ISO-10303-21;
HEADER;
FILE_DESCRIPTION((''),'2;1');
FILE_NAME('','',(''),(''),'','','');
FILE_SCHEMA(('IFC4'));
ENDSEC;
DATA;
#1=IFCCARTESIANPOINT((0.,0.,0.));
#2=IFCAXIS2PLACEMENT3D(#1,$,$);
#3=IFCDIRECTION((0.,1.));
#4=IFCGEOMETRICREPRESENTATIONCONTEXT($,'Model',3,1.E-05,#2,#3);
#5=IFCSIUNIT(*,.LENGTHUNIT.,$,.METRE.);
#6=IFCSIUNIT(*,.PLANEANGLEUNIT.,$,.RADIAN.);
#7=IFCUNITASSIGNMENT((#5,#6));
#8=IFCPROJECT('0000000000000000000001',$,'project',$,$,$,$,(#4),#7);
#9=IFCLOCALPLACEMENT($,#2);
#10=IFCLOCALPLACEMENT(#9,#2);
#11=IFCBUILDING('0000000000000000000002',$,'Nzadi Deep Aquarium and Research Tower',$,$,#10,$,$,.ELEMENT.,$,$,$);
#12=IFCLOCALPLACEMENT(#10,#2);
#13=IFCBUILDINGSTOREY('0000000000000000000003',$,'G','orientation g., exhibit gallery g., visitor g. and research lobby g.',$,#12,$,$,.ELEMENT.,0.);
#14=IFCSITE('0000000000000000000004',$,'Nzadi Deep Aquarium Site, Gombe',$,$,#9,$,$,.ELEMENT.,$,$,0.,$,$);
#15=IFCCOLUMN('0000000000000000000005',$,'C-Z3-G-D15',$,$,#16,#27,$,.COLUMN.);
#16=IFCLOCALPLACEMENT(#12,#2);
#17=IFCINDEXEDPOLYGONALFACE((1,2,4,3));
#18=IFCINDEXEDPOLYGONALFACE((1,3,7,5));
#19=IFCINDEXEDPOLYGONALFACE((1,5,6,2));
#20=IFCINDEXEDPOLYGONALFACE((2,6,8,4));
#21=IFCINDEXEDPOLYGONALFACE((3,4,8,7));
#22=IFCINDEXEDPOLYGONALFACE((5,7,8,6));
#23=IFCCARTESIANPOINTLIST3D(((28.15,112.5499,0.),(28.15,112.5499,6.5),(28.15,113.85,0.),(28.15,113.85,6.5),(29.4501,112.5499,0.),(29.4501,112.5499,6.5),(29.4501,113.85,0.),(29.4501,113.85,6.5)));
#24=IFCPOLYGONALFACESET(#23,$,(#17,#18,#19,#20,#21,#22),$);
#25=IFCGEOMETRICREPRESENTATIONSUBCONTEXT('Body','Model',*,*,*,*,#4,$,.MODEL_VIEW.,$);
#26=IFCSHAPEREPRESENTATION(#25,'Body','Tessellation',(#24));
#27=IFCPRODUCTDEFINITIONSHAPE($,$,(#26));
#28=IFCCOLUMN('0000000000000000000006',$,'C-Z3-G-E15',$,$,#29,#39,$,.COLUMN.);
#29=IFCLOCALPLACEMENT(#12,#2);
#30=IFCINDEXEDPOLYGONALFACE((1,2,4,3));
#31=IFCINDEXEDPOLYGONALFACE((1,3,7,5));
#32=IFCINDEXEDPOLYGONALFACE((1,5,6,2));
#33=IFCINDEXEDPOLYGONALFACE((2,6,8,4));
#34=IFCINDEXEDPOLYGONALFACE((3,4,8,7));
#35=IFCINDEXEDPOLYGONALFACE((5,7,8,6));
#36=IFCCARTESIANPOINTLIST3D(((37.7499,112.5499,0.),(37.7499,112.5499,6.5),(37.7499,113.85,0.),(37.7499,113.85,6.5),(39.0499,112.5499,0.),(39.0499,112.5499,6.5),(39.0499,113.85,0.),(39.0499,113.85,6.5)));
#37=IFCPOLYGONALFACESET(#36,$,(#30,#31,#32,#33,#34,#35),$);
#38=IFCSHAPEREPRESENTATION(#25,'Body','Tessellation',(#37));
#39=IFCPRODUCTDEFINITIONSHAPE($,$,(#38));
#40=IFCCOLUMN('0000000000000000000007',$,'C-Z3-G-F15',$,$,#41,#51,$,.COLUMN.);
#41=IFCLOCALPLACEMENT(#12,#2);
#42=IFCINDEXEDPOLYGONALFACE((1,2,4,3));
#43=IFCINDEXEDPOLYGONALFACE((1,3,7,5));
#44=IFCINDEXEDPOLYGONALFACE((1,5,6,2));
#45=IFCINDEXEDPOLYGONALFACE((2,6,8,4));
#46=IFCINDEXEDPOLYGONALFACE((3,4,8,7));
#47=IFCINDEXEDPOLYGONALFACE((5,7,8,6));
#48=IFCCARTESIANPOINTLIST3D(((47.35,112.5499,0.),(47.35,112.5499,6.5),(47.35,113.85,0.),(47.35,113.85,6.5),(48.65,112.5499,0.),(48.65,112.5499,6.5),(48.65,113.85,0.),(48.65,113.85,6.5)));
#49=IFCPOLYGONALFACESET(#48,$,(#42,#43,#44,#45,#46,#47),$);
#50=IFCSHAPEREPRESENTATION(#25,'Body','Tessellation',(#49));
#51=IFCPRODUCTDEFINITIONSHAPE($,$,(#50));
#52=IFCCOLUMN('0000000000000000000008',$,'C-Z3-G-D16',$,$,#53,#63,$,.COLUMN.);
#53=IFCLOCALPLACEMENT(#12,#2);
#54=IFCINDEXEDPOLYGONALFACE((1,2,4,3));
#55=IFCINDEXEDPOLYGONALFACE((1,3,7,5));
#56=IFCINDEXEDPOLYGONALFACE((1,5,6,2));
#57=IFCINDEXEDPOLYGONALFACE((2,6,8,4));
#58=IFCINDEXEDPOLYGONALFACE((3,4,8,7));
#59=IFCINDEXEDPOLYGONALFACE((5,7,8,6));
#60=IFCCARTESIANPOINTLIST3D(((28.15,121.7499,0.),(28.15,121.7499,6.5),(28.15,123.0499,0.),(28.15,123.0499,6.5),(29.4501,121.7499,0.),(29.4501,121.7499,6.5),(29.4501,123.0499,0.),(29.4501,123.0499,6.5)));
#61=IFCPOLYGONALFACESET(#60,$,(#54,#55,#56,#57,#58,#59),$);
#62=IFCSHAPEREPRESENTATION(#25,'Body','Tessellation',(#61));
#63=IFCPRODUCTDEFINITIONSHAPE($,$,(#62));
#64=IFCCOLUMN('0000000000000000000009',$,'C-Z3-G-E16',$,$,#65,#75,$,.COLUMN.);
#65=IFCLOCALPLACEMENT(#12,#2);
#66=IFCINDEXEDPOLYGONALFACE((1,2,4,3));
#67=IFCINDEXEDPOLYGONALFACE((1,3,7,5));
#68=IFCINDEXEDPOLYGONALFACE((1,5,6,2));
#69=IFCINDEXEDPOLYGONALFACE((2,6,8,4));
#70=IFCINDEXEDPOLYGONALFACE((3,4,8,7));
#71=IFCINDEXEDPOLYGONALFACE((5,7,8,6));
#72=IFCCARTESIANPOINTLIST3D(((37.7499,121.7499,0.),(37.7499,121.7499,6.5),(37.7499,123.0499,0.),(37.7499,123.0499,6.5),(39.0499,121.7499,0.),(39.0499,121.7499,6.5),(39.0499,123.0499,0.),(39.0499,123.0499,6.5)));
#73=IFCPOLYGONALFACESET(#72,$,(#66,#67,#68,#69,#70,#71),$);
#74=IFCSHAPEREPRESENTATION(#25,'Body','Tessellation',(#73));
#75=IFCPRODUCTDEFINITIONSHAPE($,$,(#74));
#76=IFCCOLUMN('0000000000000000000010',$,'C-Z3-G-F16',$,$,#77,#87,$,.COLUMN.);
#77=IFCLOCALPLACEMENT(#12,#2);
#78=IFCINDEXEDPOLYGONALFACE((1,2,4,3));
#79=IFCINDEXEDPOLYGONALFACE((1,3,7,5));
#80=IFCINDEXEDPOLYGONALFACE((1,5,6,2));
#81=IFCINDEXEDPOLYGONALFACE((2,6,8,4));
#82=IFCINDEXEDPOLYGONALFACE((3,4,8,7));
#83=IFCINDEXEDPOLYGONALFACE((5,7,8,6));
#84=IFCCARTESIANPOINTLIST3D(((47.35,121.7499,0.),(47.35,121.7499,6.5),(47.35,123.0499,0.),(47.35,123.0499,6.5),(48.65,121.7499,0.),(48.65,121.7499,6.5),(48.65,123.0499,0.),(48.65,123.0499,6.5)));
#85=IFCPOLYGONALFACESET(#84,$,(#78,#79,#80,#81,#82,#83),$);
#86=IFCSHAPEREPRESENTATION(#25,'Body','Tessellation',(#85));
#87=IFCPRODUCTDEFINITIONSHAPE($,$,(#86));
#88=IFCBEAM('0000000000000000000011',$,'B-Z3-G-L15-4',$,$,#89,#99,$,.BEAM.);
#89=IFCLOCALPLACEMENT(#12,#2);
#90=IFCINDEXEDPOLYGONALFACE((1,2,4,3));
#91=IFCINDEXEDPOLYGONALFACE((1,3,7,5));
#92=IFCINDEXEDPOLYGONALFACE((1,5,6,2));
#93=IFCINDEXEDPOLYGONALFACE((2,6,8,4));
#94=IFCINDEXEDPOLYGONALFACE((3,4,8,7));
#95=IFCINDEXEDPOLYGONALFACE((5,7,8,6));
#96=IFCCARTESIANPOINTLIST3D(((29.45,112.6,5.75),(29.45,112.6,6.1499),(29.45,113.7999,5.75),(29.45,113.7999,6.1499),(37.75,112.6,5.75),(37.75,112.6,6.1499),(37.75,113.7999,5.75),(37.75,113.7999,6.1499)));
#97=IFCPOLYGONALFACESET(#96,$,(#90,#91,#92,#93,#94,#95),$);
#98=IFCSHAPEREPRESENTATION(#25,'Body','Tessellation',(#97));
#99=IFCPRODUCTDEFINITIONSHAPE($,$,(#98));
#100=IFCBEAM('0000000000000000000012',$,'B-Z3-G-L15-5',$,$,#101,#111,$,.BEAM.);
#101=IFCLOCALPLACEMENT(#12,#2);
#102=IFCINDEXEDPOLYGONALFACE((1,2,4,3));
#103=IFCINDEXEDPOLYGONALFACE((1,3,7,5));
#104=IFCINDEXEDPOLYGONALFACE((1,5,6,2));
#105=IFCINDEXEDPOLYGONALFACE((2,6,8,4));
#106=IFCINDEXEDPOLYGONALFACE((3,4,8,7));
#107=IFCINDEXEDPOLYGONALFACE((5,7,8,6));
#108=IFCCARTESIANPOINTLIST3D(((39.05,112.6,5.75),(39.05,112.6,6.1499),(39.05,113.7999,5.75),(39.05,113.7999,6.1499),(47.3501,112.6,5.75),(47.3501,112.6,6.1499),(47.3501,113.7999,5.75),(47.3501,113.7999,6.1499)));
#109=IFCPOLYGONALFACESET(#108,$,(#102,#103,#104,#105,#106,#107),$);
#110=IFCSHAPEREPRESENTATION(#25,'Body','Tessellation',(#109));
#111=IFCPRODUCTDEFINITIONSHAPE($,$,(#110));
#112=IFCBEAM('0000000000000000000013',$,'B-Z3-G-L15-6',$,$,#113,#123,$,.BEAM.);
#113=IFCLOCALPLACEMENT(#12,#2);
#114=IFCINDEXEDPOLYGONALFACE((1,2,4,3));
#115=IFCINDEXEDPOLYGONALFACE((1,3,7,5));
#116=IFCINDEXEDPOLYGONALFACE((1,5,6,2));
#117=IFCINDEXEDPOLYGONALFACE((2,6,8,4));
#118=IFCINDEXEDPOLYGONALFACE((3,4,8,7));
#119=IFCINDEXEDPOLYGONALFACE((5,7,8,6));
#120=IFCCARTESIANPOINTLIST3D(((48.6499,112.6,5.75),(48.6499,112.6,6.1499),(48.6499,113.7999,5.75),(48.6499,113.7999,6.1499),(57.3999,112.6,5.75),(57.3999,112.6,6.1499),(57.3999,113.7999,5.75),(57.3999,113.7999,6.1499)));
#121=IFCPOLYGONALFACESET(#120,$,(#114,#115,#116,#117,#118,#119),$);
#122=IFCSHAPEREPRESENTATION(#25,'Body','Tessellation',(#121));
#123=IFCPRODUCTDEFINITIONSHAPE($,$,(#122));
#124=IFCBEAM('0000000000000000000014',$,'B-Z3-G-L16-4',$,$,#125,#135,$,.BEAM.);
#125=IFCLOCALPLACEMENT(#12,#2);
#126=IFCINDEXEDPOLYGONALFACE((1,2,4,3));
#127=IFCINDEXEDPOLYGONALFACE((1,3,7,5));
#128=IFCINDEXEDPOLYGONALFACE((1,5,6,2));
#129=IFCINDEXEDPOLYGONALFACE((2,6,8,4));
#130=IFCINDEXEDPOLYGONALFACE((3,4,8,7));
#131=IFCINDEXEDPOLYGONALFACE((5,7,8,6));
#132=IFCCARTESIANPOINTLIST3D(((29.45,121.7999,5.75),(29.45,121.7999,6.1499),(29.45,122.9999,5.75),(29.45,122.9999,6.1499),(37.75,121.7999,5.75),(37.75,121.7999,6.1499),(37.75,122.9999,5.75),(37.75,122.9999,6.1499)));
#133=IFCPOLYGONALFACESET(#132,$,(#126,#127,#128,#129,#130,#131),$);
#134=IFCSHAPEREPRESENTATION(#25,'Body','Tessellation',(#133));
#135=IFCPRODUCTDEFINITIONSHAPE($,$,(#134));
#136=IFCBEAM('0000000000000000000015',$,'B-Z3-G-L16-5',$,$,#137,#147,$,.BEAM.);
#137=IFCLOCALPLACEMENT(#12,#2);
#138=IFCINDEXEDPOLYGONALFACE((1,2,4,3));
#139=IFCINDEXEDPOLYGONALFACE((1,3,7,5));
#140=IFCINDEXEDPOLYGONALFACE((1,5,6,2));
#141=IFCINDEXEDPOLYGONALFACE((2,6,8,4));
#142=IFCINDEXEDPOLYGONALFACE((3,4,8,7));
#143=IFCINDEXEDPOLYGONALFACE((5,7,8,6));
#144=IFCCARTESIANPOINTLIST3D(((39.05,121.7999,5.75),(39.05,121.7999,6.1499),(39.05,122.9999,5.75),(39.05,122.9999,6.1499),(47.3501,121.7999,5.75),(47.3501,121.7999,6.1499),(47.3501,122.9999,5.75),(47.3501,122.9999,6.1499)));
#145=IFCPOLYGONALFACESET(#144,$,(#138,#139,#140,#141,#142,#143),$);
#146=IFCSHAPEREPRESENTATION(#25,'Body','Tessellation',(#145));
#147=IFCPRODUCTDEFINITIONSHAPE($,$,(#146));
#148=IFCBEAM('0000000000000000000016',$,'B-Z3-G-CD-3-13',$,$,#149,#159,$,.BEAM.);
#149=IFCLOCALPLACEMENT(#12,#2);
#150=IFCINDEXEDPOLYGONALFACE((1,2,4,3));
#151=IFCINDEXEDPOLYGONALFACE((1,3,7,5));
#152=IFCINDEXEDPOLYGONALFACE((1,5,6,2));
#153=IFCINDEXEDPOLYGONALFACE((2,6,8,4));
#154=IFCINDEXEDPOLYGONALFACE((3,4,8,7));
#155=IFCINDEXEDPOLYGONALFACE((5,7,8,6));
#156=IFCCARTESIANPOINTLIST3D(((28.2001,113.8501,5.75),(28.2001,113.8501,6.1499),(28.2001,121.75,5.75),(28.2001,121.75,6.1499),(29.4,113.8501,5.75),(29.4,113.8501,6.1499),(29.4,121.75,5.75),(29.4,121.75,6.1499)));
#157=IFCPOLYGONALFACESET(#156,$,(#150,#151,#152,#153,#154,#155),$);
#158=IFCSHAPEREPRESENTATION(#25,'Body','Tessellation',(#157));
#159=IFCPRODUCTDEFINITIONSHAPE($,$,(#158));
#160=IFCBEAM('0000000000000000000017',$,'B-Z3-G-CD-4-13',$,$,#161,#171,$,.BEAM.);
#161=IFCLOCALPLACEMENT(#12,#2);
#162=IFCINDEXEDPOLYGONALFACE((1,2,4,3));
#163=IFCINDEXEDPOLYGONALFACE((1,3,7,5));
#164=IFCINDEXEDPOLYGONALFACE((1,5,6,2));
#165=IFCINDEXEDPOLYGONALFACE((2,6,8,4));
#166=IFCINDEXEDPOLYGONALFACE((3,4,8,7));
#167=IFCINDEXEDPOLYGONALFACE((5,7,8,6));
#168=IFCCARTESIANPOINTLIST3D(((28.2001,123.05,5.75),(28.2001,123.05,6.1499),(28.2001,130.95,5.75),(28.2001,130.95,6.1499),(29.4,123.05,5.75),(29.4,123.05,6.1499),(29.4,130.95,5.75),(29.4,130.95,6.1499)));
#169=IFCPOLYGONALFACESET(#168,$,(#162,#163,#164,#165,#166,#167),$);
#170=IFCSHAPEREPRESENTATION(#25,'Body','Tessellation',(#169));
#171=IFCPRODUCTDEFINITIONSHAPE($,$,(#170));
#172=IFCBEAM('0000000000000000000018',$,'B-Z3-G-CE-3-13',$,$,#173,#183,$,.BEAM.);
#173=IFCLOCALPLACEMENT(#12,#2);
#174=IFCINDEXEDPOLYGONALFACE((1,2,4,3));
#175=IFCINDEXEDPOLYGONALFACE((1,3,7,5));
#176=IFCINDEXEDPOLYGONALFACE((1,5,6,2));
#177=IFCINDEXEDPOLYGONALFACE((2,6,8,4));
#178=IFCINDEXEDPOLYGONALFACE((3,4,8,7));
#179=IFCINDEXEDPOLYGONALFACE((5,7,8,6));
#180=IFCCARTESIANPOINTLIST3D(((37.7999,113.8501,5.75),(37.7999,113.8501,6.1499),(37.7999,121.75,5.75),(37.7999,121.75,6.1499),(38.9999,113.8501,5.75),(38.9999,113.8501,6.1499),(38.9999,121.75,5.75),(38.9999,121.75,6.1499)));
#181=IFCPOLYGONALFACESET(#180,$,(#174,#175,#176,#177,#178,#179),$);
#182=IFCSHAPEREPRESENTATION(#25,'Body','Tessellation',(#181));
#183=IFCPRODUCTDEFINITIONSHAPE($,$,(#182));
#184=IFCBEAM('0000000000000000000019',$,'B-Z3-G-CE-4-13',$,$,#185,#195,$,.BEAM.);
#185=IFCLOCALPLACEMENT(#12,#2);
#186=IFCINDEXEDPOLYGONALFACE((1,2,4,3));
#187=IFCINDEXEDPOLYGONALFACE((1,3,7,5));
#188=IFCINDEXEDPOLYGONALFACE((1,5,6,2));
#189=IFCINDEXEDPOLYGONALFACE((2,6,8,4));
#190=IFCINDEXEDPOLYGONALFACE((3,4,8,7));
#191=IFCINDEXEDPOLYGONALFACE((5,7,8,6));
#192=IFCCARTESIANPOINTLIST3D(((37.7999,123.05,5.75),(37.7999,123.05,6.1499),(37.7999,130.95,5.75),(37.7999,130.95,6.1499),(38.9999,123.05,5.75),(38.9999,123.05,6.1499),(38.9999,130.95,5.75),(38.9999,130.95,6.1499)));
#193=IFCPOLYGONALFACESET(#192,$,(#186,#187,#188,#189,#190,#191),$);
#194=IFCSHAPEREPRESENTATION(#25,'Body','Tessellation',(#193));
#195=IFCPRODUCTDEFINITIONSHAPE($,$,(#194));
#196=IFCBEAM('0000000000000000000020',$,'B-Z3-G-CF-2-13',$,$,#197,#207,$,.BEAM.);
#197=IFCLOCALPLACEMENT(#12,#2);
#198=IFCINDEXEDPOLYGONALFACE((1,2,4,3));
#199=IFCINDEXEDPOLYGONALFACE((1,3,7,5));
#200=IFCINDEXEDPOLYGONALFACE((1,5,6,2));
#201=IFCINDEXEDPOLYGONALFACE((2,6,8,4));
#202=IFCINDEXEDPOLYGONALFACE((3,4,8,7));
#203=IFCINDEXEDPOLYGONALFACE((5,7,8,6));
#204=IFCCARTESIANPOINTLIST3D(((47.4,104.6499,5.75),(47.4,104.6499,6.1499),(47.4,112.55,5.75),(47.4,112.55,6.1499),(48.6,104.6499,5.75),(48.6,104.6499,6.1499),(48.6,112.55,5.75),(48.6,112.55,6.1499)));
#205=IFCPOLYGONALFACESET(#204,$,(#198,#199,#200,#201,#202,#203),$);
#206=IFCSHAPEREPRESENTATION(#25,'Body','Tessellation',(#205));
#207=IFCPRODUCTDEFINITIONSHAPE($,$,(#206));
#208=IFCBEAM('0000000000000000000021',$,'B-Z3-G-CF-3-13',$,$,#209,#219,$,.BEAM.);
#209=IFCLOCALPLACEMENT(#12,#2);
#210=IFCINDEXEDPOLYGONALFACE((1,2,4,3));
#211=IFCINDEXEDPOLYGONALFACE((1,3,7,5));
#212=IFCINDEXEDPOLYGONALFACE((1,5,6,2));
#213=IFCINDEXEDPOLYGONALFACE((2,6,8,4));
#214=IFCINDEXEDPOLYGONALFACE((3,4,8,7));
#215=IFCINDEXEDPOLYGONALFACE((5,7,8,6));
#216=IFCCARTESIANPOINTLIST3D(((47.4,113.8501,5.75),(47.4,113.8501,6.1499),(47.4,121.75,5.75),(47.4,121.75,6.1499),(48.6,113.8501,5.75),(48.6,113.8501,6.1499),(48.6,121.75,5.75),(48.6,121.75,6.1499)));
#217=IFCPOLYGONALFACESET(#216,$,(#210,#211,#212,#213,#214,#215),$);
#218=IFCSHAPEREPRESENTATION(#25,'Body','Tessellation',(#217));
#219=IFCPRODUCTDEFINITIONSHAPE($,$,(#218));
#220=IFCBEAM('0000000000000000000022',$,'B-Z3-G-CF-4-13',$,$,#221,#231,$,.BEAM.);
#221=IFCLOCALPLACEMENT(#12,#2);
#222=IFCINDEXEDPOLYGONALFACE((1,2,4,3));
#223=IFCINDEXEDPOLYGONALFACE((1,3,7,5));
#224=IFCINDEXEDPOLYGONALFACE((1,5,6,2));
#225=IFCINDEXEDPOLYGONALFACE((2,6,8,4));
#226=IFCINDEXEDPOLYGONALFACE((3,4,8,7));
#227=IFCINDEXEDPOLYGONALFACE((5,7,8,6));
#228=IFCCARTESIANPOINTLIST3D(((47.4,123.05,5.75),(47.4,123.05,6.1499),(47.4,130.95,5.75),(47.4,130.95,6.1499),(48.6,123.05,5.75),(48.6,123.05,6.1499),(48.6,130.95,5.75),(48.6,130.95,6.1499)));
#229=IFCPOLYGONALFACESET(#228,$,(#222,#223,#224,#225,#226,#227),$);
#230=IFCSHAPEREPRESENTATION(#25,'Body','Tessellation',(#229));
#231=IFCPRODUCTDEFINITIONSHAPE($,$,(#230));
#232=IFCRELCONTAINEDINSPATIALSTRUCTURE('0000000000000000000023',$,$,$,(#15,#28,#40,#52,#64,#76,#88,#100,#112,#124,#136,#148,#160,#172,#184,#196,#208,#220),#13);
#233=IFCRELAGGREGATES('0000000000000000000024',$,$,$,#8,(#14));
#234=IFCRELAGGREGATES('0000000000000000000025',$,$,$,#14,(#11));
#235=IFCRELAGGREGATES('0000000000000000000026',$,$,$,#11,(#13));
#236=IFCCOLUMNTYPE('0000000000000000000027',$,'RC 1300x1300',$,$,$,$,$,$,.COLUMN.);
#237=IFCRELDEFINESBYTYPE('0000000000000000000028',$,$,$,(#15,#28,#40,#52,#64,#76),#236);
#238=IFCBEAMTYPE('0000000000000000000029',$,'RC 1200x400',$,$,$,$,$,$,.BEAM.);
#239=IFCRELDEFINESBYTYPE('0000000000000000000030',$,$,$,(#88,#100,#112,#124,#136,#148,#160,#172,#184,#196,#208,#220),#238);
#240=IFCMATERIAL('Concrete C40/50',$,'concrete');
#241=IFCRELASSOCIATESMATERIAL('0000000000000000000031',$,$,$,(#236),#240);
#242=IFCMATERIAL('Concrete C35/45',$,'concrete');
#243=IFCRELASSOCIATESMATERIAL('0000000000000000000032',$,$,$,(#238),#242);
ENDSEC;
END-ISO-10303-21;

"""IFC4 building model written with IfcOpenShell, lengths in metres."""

from ifc_helpers import new_model, si_unit, direction, frame, origin, origin_2d, place, context, subcontext, project, spatial, rectangle, extrude, material, material_profile, profile_set, type_object, element, save


model = new_model("IFC4")

# Units and contexts
model_context = context("Model", 3, precision=1e-05, world=origin(), true_north=direction((0.0, 1.0)))
body_context = subcontext(model_context, "Body", "Model", "MODEL_VIEW")
ifc_project = project(units=[si_unit("LENGTHUNIT", "METRE"), si_unit("PLANEANGLEUNIT", "RADIAN")], contexts=[model_context])

# Site, building, storey
site_placement = place(None, origin())
site = spatial("IfcSite", under=ifc_project, at=site_placement, Name="Nzadi Deep Aquarium Site, Gombe", CompositionType="ELEMENT", RefElevation=0.0)
building_placement = place(site_placement, origin())
building = spatial("IfcBuilding", under=site, at=building_placement, Name="Nzadi Deep Aquarium and Research Tower", CompositionType="ELEMENT")
storey_placement = place(building_placement, origin())
storey = spatial("IfcBuildingStorey", under=building, at=storey_placement, Name="G", Description="orientation g., exhibit gallery g., visitor g. and research lobby g.", CompositionType="ELEMENT", Elevation=0.0)

# Columns
ifc_material_1 = material(Name="Concrete C40/50", Category="concrete")
ifc_material_profile_1 = material_profile(ifc_material_1, rectangle(XDim=1.3, YDim=1.3, at=origin_2d()))
ifc_profile_set_1 = profile_set([ifc_material_profile_1], Name="Concrete C40/50")
column_type = type_object("IfcColumnType", Name="RC 1300x1300", PredefinedType="COLUMN", material=ifc_profile_set_1)
for number, where, z_axis, x_axis, name in (
    (1, (28.8, 113.2, 0.0), (0.0, 0.0, 1.0), (1.0, 0.0, 0.0), "C-Z3-G-D15"),
    (2, (38.3999, 113.2, 0.0), (0.0, 0.0, 1.0), (1.0, 0.0, 0.0), "C-Z3-G-E15"),
    (3, (48.0, 113.2, 0.0), (0.0, 0.0, 1.0), (1.0, 0.0, 0.0), "C-Z3-G-F15"),
    (4, (28.8, 122.3999, 0.0), (0.0, 0.0, 1.0), (1.0, 0.0, 0.0), "C-Z3-G-D16"),
    (5, (38.3999, 122.3999, 0.0), (0.0, 0.0, 1.0), (1.0, 0.0, 0.0), "C-Z3-G-E16"),
    (6, (48.0, 122.3999, 0.0), (0.0, 0.0, 1.0), (1.0, 0.0, 0.0), "C-Z3-G-F16"),
):
    element("IfcColumn", number, at=place(storey_placement, frame(where, z_axis=z_axis, x_axis=x_axis)), inside=storey, type_object=column_type, Name=name, PredefinedType="COLUMN", context=body_context, shape_type="SweptSolid", body=[
        extrude(rectangle(XDim=1.3, YDim=1.3, at=origin_2d()), origin(), (0.0, 0.0, 1.0), 6.5),
    ])

# Beams
ifc_material_2 = material(Name="Concrete C35/45", Category="concrete")
ifc_material_profile_2 = material_profile(ifc_material_2, rectangle(XDim=1.2, YDim=0.3999, at=origin_2d()))
ifc_profile_set_2 = profile_set([ifc_material_profile_2], Name="Concrete C35/45")
beam_type = type_object("IfcBeamType", Name="RC 1200x400", PredefinedType="BEAM", material=ifc_profile_set_2)
for number, where, z_axis, x_axis, name in (
    (7, (29.45, 113.2, 5.95), (1.0, 0.0, 0.0), (0.0, 1.0, 0.0), "B-Z3-G-L15-4"),
    (8, (39.05, 113.2, 5.95), (1.0, 0.0, 0.0), (0.0, 1.0, 0.0), "B-Z3-G-L15-5"),
):
    element("IfcBeam", number, at=place(storey_placement, frame(where, z_axis=z_axis, x_axis=x_axis)), inside=storey, type_object=beam_type, Name=name, PredefinedType="BEAM", context=body_context, shape_type="SweptSolid", body=[
        extrude(rectangle(XDim=1.2, YDim=0.3999, at=origin_2d()), origin(), (0.0, 0.0, 1.0), 8.3),
    ])
beam_1_placement = place(storey_placement, frame((48.6499, 113.2, 5.95), z_axis=(1.0, 0.0, 0.0), x_axis=(0.0, 1.0, 0.0)))
element("IfcBeam", 9, at=beam_1_placement, inside=storey, type_object=beam_type, Name="B-Z3-G-L15-6", PredefinedType="BEAM", context=body_context, shape_type="SweptSolid", body=[
    extrude(rectangle(XDim=1.2, YDim=0.3999, at=origin_2d()), origin(), (0.0, 0.0, 1.0), 8.75),
])
for number, where, z_axis, x_axis, name in (
    (10, (29.45, 122.3999, 5.95), (1.0, 0.0, 0.0), (0.0, 1.0, 0.0), "B-Z3-G-L16-4"),
    (11, (39.05, 122.3999, 5.95), (1.0, 0.0, 0.0), (0.0, 1.0, 0.0), "B-Z3-G-L16-5"),
):
    element("IfcBeam", number, at=place(storey_placement, frame(where, z_axis=z_axis, x_axis=x_axis)), inside=storey, type_object=beam_type, Name=name, PredefinedType="BEAM", context=body_context, shape_type="SweptSolid", body=[
        extrude(rectangle(XDim=1.2, YDim=0.3999, at=origin_2d()), origin(), (0.0, 0.0, 1.0), 8.3),
    ])
for number, where, z_axis, x_axis, name in (
    (12, (28.8, 113.8501, 5.95), (0.0, 1.0, 0.0), (-1.0, 0.0, 0.0), "B-Z3-G-CD-3-13"),
    (13, (28.8, 123.05, 5.95), (0.0, 1.0, 0.0), (-1.0, 0.0, 0.0), "B-Z3-G-CD-4-13"),
    (14, (38.3999, 113.8501, 5.95), (0.0, 1.0, 0.0), (-1.0, 0.0, 0.0), "B-Z3-G-CE-3-13"),
    (15, (38.3999, 123.05, 5.95), (0.0, 1.0, 0.0), (-1.0, 0.0, 0.0), "B-Z3-G-CE-4-13"),
):
    element("IfcBeam", number, at=place(storey_placement, frame(where, z_axis=z_axis, x_axis=x_axis)), inside=storey, type_object=beam_type, Name=name, PredefinedType="BEAM", context=body_context, shape_type="SweptSolid", body=[
        extrude(rectangle(XDim=1.2, YDim=0.3999, at=origin_2d()), origin(), (0.0, 0.0, 1.0), 7.8999),
    ])
beam_2_placement = place(storey_placement, frame((48.0, 104.6499, 5.95), z_axis=(0.0, 1.0, 0.0), x_axis=(-1.0, 0.0, 0.0)))
element("IfcBeam", 16, at=beam_2_placement, inside=storey, type_object=beam_type, Name="B-Z3-G-CF-2-13", PredefinedType="BEAM", context=body_context, shape_type="SweptSolid", body=[
    extrude(rectangle(XDim=1.2, YDim=0.3999, at=origin_2d()), origin(), (0.0, 0.0, 1.0), 7.9001),
])
for number, where, z_axis, x_axis, name in (
    (17, (48.0, 113.8501, 5.95), (0.0, 1.0, 0.0), (-1.0, 0.0, 0.0), "B-Z3-G-CF-3-13"),
    (18, (48.0, 123.05, 5.95), (0.0, 1.0, 0.0), (-1.0, 0.0, 0.0), "B-Z3-G-CF-4-13"),
):
    element("IfcBeam", number, at=place(storey_placement, frame(where, z_axis=z_axis, x_axis=x_axis)), inside=storey, type_object=beam_type, Name=name, PredefinedType="BEAM", context=body_context, shape_type="SweptSolid", body=[
        extrude(rectangle(XDim=1.2, YDim=0.3999, at=origin_2d()), origin(), (0.0, 0.0, 1.0), 7.8999),
    ])

save(model, "model.ifc")
